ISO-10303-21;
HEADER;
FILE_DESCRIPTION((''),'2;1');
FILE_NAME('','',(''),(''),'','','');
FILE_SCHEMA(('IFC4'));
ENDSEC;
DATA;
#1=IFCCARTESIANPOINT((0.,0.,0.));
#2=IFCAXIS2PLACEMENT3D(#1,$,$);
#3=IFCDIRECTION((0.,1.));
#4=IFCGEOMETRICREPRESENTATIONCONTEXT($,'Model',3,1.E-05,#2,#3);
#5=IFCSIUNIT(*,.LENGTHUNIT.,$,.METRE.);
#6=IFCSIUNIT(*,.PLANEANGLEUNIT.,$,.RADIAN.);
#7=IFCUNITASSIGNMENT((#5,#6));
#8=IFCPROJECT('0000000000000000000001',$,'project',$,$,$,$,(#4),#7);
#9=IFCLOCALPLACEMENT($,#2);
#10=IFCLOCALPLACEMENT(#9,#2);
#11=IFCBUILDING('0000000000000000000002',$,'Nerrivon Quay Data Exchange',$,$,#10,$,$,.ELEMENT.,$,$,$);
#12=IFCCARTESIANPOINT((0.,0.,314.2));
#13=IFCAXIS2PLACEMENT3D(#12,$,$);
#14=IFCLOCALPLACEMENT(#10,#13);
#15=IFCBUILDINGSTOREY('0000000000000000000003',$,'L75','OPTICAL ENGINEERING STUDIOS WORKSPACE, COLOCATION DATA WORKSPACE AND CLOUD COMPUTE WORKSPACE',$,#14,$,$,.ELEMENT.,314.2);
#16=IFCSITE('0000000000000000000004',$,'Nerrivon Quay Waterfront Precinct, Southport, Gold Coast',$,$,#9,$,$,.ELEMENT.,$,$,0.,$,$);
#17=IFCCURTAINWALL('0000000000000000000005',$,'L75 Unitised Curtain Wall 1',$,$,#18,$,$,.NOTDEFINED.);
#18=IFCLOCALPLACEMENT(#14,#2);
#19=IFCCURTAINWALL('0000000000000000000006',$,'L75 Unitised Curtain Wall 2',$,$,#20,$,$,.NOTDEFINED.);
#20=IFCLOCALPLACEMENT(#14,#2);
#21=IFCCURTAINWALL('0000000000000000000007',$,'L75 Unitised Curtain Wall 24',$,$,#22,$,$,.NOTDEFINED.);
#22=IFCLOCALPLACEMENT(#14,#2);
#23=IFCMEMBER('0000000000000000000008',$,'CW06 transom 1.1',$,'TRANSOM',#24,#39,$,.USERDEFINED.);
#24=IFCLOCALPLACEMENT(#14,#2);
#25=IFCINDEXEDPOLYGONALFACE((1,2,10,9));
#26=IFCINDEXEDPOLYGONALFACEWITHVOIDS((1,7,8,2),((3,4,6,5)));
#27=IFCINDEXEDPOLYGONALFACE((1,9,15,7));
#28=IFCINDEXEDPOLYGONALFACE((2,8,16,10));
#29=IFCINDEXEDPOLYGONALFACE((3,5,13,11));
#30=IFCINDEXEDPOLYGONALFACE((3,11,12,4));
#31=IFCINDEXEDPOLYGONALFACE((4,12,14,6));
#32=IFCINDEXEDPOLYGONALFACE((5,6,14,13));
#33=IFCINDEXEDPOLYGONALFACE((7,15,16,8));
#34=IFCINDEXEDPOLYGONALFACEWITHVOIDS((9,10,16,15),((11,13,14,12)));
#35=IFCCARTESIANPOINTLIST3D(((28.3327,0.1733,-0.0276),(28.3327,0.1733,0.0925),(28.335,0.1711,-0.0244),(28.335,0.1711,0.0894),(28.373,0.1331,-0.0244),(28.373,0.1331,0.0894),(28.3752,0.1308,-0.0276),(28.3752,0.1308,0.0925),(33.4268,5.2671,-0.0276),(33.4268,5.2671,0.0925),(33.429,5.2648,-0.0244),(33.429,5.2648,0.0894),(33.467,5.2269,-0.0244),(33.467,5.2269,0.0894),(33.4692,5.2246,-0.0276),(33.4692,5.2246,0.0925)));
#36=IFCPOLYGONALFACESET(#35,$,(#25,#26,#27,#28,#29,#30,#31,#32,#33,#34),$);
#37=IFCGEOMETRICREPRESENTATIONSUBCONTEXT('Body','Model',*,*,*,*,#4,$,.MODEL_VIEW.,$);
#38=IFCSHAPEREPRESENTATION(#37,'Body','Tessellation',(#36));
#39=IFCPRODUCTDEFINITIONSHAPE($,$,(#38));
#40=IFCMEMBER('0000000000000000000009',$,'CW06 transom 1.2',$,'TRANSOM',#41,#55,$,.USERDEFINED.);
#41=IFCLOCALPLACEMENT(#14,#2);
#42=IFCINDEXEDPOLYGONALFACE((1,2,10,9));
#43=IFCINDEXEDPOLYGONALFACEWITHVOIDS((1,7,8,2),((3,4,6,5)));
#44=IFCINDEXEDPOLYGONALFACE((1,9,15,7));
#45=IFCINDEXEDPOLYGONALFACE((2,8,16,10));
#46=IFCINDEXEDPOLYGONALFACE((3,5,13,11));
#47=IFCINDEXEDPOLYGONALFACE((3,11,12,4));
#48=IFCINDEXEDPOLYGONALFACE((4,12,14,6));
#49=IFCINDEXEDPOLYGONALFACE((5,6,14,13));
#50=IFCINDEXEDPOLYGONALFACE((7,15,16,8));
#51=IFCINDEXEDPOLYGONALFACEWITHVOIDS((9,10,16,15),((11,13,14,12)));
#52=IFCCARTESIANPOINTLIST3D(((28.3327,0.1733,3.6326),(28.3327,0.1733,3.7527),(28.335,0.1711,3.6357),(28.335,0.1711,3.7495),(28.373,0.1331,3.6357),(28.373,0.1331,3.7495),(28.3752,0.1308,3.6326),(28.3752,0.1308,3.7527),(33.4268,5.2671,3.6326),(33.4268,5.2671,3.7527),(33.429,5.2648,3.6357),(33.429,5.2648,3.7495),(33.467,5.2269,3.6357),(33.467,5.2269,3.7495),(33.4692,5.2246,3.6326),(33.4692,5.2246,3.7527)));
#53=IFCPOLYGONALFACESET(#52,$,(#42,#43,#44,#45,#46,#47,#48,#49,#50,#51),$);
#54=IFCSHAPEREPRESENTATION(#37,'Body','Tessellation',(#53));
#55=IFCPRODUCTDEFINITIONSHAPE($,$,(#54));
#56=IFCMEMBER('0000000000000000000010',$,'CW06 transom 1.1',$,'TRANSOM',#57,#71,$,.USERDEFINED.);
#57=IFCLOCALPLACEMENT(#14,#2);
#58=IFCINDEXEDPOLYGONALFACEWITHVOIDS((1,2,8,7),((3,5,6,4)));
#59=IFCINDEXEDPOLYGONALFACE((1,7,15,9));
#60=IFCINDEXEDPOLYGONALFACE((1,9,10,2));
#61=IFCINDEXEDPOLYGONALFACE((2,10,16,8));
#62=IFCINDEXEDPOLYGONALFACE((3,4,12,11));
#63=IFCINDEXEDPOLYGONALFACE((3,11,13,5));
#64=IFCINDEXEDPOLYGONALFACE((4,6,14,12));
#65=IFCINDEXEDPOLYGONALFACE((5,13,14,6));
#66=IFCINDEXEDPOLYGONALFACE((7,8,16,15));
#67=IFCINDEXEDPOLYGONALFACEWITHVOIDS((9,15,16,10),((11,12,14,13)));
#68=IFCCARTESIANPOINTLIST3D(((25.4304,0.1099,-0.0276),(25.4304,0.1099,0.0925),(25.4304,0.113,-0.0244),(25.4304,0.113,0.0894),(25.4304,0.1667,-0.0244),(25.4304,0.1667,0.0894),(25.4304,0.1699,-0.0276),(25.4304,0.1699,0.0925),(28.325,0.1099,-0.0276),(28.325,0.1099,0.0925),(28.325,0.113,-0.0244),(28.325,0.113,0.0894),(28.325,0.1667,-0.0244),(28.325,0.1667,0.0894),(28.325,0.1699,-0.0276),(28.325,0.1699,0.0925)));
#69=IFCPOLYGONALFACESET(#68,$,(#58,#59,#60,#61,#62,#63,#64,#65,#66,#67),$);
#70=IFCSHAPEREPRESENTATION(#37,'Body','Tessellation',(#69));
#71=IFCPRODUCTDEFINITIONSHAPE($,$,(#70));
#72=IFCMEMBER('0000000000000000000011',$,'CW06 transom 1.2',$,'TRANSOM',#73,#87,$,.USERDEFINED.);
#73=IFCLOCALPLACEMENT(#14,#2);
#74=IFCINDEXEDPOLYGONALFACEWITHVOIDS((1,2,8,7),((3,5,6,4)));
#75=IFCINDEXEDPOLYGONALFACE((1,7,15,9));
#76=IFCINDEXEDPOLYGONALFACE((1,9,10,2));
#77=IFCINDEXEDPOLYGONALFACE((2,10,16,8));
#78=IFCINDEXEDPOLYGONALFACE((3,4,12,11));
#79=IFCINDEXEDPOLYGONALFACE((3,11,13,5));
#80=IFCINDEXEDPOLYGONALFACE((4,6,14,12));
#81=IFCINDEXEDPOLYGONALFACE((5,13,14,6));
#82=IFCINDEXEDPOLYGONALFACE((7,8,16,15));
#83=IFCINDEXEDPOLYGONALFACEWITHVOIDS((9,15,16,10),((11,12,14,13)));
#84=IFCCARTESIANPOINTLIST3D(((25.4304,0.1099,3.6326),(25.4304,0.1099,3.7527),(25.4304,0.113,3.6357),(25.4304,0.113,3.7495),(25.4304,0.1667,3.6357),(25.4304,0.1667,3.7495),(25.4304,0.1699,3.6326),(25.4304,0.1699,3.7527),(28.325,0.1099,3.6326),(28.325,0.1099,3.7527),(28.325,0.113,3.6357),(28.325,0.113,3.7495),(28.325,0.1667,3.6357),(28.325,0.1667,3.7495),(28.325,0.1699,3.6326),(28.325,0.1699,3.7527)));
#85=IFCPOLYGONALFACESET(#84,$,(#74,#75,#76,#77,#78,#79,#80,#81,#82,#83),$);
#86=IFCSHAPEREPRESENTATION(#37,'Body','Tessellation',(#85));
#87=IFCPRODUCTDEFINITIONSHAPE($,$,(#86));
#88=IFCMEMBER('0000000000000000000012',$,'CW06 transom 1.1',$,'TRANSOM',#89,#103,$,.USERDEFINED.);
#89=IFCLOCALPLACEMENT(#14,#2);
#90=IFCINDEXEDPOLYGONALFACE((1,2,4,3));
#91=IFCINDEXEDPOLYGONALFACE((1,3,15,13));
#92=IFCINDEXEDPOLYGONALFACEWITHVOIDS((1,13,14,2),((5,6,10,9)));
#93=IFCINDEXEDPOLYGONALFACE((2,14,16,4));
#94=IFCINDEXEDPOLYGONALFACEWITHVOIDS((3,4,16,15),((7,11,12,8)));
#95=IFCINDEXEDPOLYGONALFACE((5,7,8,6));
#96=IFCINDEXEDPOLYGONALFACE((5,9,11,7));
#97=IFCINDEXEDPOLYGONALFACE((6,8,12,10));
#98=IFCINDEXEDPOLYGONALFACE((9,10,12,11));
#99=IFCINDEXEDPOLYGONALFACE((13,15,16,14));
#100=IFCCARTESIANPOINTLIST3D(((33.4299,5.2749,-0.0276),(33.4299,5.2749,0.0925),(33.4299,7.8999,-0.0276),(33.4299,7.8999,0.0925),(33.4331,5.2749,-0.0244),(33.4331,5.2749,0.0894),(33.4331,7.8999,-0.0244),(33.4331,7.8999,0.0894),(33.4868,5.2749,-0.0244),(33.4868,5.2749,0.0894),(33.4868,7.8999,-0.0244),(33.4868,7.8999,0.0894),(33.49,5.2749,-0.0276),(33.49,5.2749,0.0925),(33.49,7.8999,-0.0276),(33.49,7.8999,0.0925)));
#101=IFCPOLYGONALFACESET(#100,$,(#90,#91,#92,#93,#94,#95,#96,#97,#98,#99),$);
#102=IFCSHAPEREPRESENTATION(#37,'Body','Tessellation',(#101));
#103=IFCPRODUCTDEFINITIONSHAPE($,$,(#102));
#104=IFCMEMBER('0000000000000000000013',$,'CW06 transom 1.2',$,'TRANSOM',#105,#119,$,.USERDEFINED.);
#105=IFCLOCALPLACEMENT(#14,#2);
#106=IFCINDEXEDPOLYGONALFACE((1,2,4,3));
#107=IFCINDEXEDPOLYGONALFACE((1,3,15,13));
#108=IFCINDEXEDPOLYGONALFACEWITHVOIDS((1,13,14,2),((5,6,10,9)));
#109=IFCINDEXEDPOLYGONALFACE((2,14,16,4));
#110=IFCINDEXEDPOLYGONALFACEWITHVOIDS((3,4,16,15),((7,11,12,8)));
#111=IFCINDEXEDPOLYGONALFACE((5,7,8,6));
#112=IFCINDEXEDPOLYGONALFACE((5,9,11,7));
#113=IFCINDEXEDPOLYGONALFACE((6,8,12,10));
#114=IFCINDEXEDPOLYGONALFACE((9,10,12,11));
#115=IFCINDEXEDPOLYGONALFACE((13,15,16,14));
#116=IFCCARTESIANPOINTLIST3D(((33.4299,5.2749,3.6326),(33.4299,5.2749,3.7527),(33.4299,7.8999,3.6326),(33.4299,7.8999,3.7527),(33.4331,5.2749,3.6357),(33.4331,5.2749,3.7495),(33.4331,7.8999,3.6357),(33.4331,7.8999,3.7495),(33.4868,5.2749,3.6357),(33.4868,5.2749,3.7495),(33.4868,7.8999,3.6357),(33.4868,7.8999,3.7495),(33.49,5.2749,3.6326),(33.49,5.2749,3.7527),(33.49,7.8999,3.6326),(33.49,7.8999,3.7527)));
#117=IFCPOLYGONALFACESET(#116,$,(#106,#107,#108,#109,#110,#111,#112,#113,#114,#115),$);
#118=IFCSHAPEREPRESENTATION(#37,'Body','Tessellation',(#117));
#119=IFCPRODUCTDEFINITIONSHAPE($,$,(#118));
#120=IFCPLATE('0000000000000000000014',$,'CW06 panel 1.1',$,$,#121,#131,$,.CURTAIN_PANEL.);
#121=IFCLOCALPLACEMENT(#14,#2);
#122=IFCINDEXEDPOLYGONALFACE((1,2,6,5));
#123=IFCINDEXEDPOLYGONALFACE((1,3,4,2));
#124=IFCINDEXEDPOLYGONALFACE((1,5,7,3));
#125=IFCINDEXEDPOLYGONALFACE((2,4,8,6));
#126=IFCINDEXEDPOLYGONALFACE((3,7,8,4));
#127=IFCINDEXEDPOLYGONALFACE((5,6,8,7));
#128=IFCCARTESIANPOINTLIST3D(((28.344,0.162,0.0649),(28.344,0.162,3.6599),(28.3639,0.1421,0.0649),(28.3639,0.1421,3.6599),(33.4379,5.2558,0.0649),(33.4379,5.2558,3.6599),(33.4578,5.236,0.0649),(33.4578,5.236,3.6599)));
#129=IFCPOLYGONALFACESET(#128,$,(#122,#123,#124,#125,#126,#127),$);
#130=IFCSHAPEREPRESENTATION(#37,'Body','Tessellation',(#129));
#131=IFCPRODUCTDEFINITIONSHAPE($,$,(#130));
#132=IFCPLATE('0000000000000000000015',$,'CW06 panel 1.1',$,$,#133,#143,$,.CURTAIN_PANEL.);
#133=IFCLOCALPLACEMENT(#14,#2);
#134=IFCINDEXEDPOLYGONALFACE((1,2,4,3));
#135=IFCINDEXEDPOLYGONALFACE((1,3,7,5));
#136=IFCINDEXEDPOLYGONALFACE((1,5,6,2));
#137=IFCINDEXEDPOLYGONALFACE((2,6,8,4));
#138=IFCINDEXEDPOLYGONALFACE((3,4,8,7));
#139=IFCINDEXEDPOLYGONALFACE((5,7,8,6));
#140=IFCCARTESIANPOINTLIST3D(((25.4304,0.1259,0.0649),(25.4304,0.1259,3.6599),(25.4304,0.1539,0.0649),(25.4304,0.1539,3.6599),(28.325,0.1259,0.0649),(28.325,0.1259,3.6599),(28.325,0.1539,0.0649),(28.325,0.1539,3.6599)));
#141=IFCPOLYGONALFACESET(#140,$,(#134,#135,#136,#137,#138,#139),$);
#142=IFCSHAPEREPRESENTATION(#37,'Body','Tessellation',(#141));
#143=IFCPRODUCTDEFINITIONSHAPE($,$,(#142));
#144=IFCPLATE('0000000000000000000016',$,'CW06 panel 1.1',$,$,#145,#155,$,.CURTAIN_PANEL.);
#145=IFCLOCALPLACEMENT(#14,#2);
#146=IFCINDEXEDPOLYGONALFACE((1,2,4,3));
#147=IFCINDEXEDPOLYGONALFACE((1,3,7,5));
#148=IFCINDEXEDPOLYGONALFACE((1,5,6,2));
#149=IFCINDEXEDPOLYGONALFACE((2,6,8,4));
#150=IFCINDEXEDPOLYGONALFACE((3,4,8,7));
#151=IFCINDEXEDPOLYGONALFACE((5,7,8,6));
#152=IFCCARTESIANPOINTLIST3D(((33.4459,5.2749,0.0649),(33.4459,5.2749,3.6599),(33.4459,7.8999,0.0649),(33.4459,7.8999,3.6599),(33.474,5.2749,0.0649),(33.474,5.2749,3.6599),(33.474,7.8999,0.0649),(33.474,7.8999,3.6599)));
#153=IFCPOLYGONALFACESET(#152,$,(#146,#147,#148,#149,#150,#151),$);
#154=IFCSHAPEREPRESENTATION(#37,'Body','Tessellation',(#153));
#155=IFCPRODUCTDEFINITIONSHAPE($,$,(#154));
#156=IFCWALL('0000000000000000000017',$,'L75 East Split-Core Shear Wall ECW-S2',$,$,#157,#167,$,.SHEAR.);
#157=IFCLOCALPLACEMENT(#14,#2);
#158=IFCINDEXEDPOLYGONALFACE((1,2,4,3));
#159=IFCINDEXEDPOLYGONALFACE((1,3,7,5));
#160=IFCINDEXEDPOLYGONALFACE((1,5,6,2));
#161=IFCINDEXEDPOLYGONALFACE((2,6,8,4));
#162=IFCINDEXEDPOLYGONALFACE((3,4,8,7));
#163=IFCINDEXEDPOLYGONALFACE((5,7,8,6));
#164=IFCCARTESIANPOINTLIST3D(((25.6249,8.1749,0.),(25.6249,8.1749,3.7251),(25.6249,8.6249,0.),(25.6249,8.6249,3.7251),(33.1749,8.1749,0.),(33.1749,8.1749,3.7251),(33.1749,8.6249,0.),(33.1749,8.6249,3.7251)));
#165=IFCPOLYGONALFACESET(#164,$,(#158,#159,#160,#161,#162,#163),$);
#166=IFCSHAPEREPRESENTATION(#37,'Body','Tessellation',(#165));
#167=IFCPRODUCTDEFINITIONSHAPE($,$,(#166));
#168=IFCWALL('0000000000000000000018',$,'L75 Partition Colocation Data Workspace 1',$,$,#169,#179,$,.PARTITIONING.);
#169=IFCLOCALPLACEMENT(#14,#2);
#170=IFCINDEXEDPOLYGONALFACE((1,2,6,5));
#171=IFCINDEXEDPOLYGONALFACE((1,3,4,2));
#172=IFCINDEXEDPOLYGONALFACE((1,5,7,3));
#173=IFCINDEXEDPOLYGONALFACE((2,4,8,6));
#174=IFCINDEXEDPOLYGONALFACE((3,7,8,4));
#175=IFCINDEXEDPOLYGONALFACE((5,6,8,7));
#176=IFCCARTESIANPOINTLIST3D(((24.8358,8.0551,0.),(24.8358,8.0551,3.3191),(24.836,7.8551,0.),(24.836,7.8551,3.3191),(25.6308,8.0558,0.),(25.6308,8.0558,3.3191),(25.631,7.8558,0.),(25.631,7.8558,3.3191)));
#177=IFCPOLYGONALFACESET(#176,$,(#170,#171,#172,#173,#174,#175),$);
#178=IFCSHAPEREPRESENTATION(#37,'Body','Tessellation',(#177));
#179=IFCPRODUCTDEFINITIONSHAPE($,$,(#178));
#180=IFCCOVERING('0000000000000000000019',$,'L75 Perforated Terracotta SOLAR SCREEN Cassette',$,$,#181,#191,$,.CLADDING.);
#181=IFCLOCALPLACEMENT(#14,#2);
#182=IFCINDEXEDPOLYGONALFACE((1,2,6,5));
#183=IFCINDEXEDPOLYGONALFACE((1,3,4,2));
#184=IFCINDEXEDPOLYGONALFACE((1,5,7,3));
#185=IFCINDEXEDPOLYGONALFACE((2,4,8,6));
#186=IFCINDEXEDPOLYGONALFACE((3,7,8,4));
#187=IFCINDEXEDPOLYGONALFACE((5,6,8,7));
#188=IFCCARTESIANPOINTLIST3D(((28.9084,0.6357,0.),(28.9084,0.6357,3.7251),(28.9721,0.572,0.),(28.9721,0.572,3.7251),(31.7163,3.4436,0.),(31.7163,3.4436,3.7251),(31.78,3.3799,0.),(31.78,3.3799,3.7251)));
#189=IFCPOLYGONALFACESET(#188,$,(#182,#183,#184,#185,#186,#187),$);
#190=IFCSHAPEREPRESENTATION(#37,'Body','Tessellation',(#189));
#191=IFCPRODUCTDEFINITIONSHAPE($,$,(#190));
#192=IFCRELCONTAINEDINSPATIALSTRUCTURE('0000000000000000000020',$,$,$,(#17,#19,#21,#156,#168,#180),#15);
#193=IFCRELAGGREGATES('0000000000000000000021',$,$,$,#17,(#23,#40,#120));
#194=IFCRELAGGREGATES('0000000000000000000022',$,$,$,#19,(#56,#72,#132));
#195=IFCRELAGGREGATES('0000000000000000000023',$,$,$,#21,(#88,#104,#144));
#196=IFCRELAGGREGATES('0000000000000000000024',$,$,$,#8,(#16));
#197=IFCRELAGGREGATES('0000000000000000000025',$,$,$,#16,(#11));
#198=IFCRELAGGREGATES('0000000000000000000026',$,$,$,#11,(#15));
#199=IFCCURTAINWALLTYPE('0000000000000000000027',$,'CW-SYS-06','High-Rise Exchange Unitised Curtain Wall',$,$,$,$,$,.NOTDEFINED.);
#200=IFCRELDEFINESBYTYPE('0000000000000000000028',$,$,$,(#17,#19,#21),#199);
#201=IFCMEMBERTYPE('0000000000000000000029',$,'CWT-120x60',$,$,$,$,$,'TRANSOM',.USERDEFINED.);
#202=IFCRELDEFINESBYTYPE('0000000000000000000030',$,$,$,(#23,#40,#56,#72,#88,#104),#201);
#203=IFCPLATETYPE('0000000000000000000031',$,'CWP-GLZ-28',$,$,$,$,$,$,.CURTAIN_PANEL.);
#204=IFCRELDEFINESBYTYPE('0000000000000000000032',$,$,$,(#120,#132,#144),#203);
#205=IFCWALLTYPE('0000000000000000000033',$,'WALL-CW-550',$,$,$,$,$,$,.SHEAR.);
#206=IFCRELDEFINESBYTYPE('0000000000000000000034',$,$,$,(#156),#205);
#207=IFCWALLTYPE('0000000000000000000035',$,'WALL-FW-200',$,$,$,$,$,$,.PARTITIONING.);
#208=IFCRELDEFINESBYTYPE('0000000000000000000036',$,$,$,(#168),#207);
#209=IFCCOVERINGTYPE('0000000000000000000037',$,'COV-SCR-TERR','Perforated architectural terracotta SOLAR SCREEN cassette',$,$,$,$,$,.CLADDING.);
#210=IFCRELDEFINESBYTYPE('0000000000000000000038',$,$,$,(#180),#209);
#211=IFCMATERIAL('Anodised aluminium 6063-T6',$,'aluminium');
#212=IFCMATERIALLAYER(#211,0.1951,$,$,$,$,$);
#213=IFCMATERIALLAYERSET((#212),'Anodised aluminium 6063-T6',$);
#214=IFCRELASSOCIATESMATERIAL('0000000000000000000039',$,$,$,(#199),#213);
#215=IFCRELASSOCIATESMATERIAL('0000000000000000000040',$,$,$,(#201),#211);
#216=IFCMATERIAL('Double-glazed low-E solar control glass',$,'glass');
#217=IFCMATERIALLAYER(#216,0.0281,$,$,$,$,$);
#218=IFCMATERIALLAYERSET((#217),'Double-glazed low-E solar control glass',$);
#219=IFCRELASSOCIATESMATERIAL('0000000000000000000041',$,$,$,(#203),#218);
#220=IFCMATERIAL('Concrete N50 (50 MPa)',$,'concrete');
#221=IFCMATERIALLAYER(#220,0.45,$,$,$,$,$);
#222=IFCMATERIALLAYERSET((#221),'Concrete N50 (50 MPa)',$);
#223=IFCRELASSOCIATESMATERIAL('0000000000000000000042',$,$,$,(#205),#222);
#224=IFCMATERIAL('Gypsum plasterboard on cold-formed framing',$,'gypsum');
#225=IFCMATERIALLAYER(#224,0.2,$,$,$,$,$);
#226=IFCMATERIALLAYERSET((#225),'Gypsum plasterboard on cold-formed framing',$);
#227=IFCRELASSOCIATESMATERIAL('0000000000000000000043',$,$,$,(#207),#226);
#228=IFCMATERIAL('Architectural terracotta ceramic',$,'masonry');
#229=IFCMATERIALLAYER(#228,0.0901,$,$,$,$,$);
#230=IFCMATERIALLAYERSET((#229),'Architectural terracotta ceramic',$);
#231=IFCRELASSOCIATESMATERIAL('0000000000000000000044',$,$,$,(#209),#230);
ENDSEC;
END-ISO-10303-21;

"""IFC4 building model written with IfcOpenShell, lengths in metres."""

from ifc_helpers import new_model, si_unit, direction, frame, frame_2d, origin, origin_2d, place, context, subcontext, project, spatial, rectangle, hollow_rectangle, extrude, material, layer, layer_set, material_profile, profile_set, type_object, element, aggregate, save


model = new_model("IFC4")

# Units and contexts
model_context = context("Model", 3, precision=1e-05, world=origin(), true_north=direction((0.0, 1.0)))
body_context = subcontext(model_context, "Body", "Model", "MODEL_VIEW")
ifc_project = project(units=[si_unit("LENGTHUNIT", "METRE"), si_unit("PLANEANGLEUNIT", "RADIAN")], contexts=[model_context])

# Site, building, storey
site_placement = place(None, origin())
site = spatial("IfcSite", under=ifc_project, at=site_placement, Name="Nerrivon Quay Waterfront Precinct, Southport, Gold Coast", CompositionType="ELEMENT", RefElevation=0.0)
building_placement = place(site_placement, origin())
building = spatial("IfcBuilding", under=site, at=building_placement, Name="Nerrivon Quay Data Exchange", CompositionType="ELEMENT")
storey_placement = place(building_placement, frame((0.0, 0.0, 314.2)))
storey = spatial("IfcBuildingStorey", under=building, at=storey_placement, Name="L75", Description="OPTICAL ENGINEERING STUDIOS WORKSPACE, COLOCATION DATA WORKSPACE AND CLOUD COMPUTE WORKSPACE", CompositionType="ELEMENT", Elevation=314.2)

# Shared definitions
ifc_material_1 = material(Name="Concrete N50 (50 MPa)", Category="concrete")

# Curtain walls
ifc_material_2 = material(Name="Anodised aluminium 6063-T6", Category="aluminium")
ifc_layer_1 = layer(ifc_material_2, 0.1951)
ifc_layer_set_1 = layer_set([ifc_layer_1], Name="Anodised aluminium 6063-T6")
curtain_wall_type = type_object("IfcCurtainWallType", Name="CW-SYS-06", Description="High-Rise Exchange Unitised Curtain Wall", PredefinedType="NOTDEFINED", material=ifc_layer_set_1)
curtain_wall_1_placement = place(storey_placement, origin())
curtain_wall_1 = element("IfcCurtainWall", 1, at=curtain_wall_1_placement, inside=storey, type_object=curtain_wall_type, Name="L75 Unitised Curtain Wall 1", PredefinedType="NOTDEFINED")
curtain_wall_2_placement = place(storey_placement, origin())
curtain_wall_2 = element("IfcCurtainWall", 2, at=curtain_wall_2_placement, inside=storey, type_object=curtain_wall_type, Name="L75 Unitised Curtain Wall 2", PredefinedType="NOTDEFINED")
curtain_wall_3_placement = place(storey_placement, origin())
curtain_wall_3 = element("IfcCurtainWall", 3, at=curtain_wall_3_placement, inside=storey, type_object=curtain_wall_type, Name="L75 Unitised Curtain Wall 24", PredefinedType="NOTDEFINED")

# Members
ifc_material_profile_1 = material_profile(ifc_material_2, hollow_rectangle(XDim=0.0601, YDim=0.1201, WallThickness=0.0032, at=origin_2d()), Name="ALU-TRAN-120x60")
ifc_profile_set_1 = profile_set([ifc_material_profile_1], Name="Anodised aluminium 6063-T6")
member_type_1 = type_object("IfcMemberType", Name="CWT-120x60", ElementType="TRANSOM", PredefinedType="USERDEFINED", material=ifc_profile_set_1)
member_1_placement = place(storey_placement, frame((33.448, 5.2458, 0.0325), z_axis=(-0.707124, -0.70709, 0.0), x_axis=(0.70709, -0.707124, 0.0)))
member_1 = element("IfcMember", 4, at=member_1_placement, type_object=member_type_1, Name="CW06 transom 1.1", ObjectType="TRANSOM", PredefinedType="USERDEFINED", context=body_context, shape_type="SweptSolid", body=[
    extrude(hollow_rectangle(XDim=0.0601, YDim=0.1201, WallThickness=0.0032, at=origin_2d()), origin(), (0.0, 0.0, 1.0), 7.2039),
])
member_2_placement = place(storey_placement, frame((33.448, 5.2458, 3.6926), z_axis=(-0.707124, -0.70709, 0.0), x_axis=(0.70709, -0.707124, 0.0)))
member_2 = element("IfcMember", 5, at=member_2_placement, type_object=member_type_1, Name="CW06 transom 1.2", ObjectType="TRANSOM", PredefinedType="USERDEFINED", context=body_context, shape_type="SweptSolid", body=[
    extrude(hollow_rectangle(XDim=0.0601, YDim=0.1201, WallThickness=0.0032, at=origin_2d()), origin(), (0.0, 0.0, 1.0), 7.2039),
])
member_3_placement = place(storey_placement, frame((28.325, 0.1399, 0.0325), z_axis=(-1.0, 0.0, 0.0), x_axis=(0.0, -1.0, 0.0)))
member_3 = element("IfcMember", 6, at=member_3_placement, type_object=member_type_1, Name="CW06 transom 1.1", ObjectType="TRANSOM", PredefinedType="USERDEFINED", context=body_context, shape_type="SweptSolid", body=[
    extrude(hollow_rectangle(XDim=0.0601, YDim=0.1201, WallThickness=0.0032, at=origin_2d()), origin(), (0.0, 0.0, 1.0), 2.8945),
])
member_4_placement = place(storey_placement, frame((28.325, 0.1399, 3.6926), z_axis=(-1.0, 0.0, 0.0), x_axis=(0.0, -1.0, 0.0)))
member_4 = element("IfcMember", 7, at=member_4_placement, type_object=member_type_1, Name="CW06 transom 1.2", ObjectType="TRANSOM", PredefinedType="USERDEFINED", context=body_context, shape_type="SweptSolid", body=[
    extrude(hollow_rectangle(XDim=0.0601, YDim=0.1201, WallThickness=0.0032, at=origin_2d()), origin(), (0.0, 0.0, 1.0), 2.8945),
])
member_5_placement = place(storey_placement, frame((33.46, 7.8999, 0.0325), z_axis=(0.0, -1.0, 0.0), x_axis=(1.0, 0.0, 0.0)))
member_5 = element("IfcMember", 8, at=member_5_placement, type_object=member_type_1, Name="CW06 transom 1.1", ObjectType="TRANSOM", PredefinedType="USERDEFINED", context=body_context, shape_type="SweptSolid", body=[
    extrude(hollow_rectangle(XDim=0.0601, YDim=0.1201, WallThickness=0.0032, at=origin_2d()), origin(), (0.0, 0.0, 1.0), 2.625),
])
member_6_placement = place(storey_placement, frame((33.46, 7.8999, 3.6926), z_axis=(0.0, -1.0, 0.0), x_axis=(1.0, 0.0, 0.0)))
member_6 = element("IfcMember", 9, at=member_6_placement, type_object=member_type_1, Name="CW06 transom 1.2", ObjectType="TRANSOM", PredefinedType="USERDEFINED", context=body_context, shape_type="SweptSolid", body=[
    extrude(hollow_rectangle(XDim=0.0601, YDim=0.1201, WallThickness=0.0032, at=origin_2d()), origin(), (0.0, 0.0, 1.0), 2.625),
])

# Plates
ifc_material_3 = material(Name="Double-glazed low-E solar control glass", Category="glass")
ifc_layer_2 = layer(ifc_material_3, 0.0281)
ifc_layer_set_2 = layer_set([ifc_layer_2], Name="Double-glazed low-E solar control glass")
plate_type = type_object("IfcPlateType", Name="CWP-GLZ-28", PredefinedType="CURTAIN_PANEL", material=ifc_layer_set_2)
plate_1_placement = place(storey_placement, frame((30.9009, 2.699, 0.0649), z_axis=(0.0, 0.0, 1.0), x_axis=(-0.707107, -0.707107, 0.0)))
plate_1 = element("IfcPlate", 10, at=plate_1_placement, type_object=plate_type, Name="CW06 panel 1.1", PredefinedType="CURTAIN_PANEL", context=body_context, shape_type="SweptSolid", body=[
    extrude(rectangle(XDim=7.2039, YDim=0.0281, at=origin_2d()), origin(), (0.0, 0.0, 1.0), 3.595),
])
aggregate(curtain_wall_1, [member_1, member_2, plate_1])
plate_2_placement = place(storey_placement, frame((26.8777, 0.1399, 0.0649), z_axis=(0.0, 0.0, 1.0), x_axis=(-1.0, 0.0, 0.0)))
plate_2 = element("IfcPlate", 11, at=plate_2_placement, type_object=plate_type, Name="CW06 panel 1.1", PredefinedType="CURTAIN_PANEL", context=body_context, shape_type="SweptSolid", body=[
    extrude(rectangle(XDim=2.8945, YDim=0.0281, at=origin_2d()), origin(), (0.0, 0.0, 1.0), 3.595),
])
aggregate(curtain_wall_2, [member_3, member_4, plate_2])
plate_3_placement = place(storey_placement, frame((33.46, 6.5874, 0.0649), z_axis=(0.0, 0.0, 1.0), x_axis=(0.0, -1.0, 0.0)))
plate_3 = element("IfcPlate", 12, at=plate_3_placement, type_object=plate_type, Name="CW06 panel 1.1", PredefinedType="CURTAIN_PANEL", context=body_context, shape_type="SweptSolid", body=[
    extrude(rectangle(XDim=2.625, YDim=0.0281, at=origin_2d()), origin(), (0.0, 0.0, 1.0), 3.595),
])
aggregate(curtain_wall_3, [member_5, member_6, plate_3])

# Walls
ifc_layer_3 = layer(ifc_material_1, 0.45)
ifc_layer_set_3 = layer_set([ifc_layer_3], Name="Concrete N50 (50 MPa)")
wall_type_1 = type_object("IfcWallType", Name="WALL-CW-550", PredefinedType="SHEAR", material=ifc_layer_set_3)
wall_1_placement = place(storey_placement, frame((25.625, 8.3999, 0.0), z_axis=(0.0, 0.0, 1.0), x_axis=(1.0, 0.0, 0.0)))
element("IfcWall", 13, at=wall_1_placement, inside=storey, type_object=wall_type_1, Name="L75 East Split-Core Shear Wall ECW-S2", PredefinedType="SHEAR", context=body_context, shape_type="SweptSolid", body=[
    extrude(rectangle(XDim=7.55, YDim=0.45, at=frame_2d((3.7749, 0.0))), origin(), (0.0, 0.0, 1.0), 3.7251),
])
ifc_material_4 = material(Name="Gypsum plasterboard on cold-formed framing", Category="gypsum")
ifc_layer_4 = layer(ifc_material_4, 0.2)
ifc_layer_set_4 = layer_set([ifc_layer_4], Name="Gypsum plasterboard on cold-formed framing")
wall_type_2 = type_object("IfcWallType", Name="WALL-FW-200", PredefinedType="PARTITIONING", material=ifc_layer_set_4)
wall_2_placement = place(storey_placement, frame((25.6309, 7.9558, 0.0), z_axis=(0.0, 0.0, 1.0), x_axis=(-1.0, -0.000921, 0.0)))
element("IfcWall", 14, at=wall_2_placement, inside=storey, type_object=wall_type_2, Name="L75 Partition Colocation Data Workspace 1", PredefinedType="PARTITIONING", context=body_context, shape_type="SweptSolid", body=[
    extrude(rectangle(XDim=0.7949, YDim=0.2, at=frame_2d((0.3975, 0.0))), origin(), (0.0, 0.0, 1.0), 3.3191),
])

# Covering
ifc_material_5 = material(Name="Architectural terracotta ceramic", Category="masonry")
ifc_layer_5 = layer(ifc_material_5, 0.0901)
ifc_layer_set_5 = layer_set([ifc_layer_5], Name="Architectural terracotta ceramic")
covering_type = type_object("IfcCoveringType", Name="COV-SCR-TERR", Description="Perforated architectural terracotta SOLAR SCREEN cassette", PredefinedType="CLADDING", material=ifc_layer_set_5)
covering_placement = place(storey_placement, frame((30.3442, 2.0078, 0.0), z_axis=(0.0, 0.0, 1.0), x_axis=(-0.707107, -0.707107, 0.0)))
element("IfcCovering", 15, at=covering_placement, inside=storey, type_object=covering_type, Name="L75 Perforated Terracotta SOLAR SCREEN Cassette", PredefinedType="CLADDING", context=body_context, shape_type="SweptSolid", body=[
    extrude(rectangle(XDim=3.9709, YDim=0.0901, at=origin_2d()), origin(), (0.0, 0.0, 1.0), 3.7251),
])

save(model, "model.ifc")
